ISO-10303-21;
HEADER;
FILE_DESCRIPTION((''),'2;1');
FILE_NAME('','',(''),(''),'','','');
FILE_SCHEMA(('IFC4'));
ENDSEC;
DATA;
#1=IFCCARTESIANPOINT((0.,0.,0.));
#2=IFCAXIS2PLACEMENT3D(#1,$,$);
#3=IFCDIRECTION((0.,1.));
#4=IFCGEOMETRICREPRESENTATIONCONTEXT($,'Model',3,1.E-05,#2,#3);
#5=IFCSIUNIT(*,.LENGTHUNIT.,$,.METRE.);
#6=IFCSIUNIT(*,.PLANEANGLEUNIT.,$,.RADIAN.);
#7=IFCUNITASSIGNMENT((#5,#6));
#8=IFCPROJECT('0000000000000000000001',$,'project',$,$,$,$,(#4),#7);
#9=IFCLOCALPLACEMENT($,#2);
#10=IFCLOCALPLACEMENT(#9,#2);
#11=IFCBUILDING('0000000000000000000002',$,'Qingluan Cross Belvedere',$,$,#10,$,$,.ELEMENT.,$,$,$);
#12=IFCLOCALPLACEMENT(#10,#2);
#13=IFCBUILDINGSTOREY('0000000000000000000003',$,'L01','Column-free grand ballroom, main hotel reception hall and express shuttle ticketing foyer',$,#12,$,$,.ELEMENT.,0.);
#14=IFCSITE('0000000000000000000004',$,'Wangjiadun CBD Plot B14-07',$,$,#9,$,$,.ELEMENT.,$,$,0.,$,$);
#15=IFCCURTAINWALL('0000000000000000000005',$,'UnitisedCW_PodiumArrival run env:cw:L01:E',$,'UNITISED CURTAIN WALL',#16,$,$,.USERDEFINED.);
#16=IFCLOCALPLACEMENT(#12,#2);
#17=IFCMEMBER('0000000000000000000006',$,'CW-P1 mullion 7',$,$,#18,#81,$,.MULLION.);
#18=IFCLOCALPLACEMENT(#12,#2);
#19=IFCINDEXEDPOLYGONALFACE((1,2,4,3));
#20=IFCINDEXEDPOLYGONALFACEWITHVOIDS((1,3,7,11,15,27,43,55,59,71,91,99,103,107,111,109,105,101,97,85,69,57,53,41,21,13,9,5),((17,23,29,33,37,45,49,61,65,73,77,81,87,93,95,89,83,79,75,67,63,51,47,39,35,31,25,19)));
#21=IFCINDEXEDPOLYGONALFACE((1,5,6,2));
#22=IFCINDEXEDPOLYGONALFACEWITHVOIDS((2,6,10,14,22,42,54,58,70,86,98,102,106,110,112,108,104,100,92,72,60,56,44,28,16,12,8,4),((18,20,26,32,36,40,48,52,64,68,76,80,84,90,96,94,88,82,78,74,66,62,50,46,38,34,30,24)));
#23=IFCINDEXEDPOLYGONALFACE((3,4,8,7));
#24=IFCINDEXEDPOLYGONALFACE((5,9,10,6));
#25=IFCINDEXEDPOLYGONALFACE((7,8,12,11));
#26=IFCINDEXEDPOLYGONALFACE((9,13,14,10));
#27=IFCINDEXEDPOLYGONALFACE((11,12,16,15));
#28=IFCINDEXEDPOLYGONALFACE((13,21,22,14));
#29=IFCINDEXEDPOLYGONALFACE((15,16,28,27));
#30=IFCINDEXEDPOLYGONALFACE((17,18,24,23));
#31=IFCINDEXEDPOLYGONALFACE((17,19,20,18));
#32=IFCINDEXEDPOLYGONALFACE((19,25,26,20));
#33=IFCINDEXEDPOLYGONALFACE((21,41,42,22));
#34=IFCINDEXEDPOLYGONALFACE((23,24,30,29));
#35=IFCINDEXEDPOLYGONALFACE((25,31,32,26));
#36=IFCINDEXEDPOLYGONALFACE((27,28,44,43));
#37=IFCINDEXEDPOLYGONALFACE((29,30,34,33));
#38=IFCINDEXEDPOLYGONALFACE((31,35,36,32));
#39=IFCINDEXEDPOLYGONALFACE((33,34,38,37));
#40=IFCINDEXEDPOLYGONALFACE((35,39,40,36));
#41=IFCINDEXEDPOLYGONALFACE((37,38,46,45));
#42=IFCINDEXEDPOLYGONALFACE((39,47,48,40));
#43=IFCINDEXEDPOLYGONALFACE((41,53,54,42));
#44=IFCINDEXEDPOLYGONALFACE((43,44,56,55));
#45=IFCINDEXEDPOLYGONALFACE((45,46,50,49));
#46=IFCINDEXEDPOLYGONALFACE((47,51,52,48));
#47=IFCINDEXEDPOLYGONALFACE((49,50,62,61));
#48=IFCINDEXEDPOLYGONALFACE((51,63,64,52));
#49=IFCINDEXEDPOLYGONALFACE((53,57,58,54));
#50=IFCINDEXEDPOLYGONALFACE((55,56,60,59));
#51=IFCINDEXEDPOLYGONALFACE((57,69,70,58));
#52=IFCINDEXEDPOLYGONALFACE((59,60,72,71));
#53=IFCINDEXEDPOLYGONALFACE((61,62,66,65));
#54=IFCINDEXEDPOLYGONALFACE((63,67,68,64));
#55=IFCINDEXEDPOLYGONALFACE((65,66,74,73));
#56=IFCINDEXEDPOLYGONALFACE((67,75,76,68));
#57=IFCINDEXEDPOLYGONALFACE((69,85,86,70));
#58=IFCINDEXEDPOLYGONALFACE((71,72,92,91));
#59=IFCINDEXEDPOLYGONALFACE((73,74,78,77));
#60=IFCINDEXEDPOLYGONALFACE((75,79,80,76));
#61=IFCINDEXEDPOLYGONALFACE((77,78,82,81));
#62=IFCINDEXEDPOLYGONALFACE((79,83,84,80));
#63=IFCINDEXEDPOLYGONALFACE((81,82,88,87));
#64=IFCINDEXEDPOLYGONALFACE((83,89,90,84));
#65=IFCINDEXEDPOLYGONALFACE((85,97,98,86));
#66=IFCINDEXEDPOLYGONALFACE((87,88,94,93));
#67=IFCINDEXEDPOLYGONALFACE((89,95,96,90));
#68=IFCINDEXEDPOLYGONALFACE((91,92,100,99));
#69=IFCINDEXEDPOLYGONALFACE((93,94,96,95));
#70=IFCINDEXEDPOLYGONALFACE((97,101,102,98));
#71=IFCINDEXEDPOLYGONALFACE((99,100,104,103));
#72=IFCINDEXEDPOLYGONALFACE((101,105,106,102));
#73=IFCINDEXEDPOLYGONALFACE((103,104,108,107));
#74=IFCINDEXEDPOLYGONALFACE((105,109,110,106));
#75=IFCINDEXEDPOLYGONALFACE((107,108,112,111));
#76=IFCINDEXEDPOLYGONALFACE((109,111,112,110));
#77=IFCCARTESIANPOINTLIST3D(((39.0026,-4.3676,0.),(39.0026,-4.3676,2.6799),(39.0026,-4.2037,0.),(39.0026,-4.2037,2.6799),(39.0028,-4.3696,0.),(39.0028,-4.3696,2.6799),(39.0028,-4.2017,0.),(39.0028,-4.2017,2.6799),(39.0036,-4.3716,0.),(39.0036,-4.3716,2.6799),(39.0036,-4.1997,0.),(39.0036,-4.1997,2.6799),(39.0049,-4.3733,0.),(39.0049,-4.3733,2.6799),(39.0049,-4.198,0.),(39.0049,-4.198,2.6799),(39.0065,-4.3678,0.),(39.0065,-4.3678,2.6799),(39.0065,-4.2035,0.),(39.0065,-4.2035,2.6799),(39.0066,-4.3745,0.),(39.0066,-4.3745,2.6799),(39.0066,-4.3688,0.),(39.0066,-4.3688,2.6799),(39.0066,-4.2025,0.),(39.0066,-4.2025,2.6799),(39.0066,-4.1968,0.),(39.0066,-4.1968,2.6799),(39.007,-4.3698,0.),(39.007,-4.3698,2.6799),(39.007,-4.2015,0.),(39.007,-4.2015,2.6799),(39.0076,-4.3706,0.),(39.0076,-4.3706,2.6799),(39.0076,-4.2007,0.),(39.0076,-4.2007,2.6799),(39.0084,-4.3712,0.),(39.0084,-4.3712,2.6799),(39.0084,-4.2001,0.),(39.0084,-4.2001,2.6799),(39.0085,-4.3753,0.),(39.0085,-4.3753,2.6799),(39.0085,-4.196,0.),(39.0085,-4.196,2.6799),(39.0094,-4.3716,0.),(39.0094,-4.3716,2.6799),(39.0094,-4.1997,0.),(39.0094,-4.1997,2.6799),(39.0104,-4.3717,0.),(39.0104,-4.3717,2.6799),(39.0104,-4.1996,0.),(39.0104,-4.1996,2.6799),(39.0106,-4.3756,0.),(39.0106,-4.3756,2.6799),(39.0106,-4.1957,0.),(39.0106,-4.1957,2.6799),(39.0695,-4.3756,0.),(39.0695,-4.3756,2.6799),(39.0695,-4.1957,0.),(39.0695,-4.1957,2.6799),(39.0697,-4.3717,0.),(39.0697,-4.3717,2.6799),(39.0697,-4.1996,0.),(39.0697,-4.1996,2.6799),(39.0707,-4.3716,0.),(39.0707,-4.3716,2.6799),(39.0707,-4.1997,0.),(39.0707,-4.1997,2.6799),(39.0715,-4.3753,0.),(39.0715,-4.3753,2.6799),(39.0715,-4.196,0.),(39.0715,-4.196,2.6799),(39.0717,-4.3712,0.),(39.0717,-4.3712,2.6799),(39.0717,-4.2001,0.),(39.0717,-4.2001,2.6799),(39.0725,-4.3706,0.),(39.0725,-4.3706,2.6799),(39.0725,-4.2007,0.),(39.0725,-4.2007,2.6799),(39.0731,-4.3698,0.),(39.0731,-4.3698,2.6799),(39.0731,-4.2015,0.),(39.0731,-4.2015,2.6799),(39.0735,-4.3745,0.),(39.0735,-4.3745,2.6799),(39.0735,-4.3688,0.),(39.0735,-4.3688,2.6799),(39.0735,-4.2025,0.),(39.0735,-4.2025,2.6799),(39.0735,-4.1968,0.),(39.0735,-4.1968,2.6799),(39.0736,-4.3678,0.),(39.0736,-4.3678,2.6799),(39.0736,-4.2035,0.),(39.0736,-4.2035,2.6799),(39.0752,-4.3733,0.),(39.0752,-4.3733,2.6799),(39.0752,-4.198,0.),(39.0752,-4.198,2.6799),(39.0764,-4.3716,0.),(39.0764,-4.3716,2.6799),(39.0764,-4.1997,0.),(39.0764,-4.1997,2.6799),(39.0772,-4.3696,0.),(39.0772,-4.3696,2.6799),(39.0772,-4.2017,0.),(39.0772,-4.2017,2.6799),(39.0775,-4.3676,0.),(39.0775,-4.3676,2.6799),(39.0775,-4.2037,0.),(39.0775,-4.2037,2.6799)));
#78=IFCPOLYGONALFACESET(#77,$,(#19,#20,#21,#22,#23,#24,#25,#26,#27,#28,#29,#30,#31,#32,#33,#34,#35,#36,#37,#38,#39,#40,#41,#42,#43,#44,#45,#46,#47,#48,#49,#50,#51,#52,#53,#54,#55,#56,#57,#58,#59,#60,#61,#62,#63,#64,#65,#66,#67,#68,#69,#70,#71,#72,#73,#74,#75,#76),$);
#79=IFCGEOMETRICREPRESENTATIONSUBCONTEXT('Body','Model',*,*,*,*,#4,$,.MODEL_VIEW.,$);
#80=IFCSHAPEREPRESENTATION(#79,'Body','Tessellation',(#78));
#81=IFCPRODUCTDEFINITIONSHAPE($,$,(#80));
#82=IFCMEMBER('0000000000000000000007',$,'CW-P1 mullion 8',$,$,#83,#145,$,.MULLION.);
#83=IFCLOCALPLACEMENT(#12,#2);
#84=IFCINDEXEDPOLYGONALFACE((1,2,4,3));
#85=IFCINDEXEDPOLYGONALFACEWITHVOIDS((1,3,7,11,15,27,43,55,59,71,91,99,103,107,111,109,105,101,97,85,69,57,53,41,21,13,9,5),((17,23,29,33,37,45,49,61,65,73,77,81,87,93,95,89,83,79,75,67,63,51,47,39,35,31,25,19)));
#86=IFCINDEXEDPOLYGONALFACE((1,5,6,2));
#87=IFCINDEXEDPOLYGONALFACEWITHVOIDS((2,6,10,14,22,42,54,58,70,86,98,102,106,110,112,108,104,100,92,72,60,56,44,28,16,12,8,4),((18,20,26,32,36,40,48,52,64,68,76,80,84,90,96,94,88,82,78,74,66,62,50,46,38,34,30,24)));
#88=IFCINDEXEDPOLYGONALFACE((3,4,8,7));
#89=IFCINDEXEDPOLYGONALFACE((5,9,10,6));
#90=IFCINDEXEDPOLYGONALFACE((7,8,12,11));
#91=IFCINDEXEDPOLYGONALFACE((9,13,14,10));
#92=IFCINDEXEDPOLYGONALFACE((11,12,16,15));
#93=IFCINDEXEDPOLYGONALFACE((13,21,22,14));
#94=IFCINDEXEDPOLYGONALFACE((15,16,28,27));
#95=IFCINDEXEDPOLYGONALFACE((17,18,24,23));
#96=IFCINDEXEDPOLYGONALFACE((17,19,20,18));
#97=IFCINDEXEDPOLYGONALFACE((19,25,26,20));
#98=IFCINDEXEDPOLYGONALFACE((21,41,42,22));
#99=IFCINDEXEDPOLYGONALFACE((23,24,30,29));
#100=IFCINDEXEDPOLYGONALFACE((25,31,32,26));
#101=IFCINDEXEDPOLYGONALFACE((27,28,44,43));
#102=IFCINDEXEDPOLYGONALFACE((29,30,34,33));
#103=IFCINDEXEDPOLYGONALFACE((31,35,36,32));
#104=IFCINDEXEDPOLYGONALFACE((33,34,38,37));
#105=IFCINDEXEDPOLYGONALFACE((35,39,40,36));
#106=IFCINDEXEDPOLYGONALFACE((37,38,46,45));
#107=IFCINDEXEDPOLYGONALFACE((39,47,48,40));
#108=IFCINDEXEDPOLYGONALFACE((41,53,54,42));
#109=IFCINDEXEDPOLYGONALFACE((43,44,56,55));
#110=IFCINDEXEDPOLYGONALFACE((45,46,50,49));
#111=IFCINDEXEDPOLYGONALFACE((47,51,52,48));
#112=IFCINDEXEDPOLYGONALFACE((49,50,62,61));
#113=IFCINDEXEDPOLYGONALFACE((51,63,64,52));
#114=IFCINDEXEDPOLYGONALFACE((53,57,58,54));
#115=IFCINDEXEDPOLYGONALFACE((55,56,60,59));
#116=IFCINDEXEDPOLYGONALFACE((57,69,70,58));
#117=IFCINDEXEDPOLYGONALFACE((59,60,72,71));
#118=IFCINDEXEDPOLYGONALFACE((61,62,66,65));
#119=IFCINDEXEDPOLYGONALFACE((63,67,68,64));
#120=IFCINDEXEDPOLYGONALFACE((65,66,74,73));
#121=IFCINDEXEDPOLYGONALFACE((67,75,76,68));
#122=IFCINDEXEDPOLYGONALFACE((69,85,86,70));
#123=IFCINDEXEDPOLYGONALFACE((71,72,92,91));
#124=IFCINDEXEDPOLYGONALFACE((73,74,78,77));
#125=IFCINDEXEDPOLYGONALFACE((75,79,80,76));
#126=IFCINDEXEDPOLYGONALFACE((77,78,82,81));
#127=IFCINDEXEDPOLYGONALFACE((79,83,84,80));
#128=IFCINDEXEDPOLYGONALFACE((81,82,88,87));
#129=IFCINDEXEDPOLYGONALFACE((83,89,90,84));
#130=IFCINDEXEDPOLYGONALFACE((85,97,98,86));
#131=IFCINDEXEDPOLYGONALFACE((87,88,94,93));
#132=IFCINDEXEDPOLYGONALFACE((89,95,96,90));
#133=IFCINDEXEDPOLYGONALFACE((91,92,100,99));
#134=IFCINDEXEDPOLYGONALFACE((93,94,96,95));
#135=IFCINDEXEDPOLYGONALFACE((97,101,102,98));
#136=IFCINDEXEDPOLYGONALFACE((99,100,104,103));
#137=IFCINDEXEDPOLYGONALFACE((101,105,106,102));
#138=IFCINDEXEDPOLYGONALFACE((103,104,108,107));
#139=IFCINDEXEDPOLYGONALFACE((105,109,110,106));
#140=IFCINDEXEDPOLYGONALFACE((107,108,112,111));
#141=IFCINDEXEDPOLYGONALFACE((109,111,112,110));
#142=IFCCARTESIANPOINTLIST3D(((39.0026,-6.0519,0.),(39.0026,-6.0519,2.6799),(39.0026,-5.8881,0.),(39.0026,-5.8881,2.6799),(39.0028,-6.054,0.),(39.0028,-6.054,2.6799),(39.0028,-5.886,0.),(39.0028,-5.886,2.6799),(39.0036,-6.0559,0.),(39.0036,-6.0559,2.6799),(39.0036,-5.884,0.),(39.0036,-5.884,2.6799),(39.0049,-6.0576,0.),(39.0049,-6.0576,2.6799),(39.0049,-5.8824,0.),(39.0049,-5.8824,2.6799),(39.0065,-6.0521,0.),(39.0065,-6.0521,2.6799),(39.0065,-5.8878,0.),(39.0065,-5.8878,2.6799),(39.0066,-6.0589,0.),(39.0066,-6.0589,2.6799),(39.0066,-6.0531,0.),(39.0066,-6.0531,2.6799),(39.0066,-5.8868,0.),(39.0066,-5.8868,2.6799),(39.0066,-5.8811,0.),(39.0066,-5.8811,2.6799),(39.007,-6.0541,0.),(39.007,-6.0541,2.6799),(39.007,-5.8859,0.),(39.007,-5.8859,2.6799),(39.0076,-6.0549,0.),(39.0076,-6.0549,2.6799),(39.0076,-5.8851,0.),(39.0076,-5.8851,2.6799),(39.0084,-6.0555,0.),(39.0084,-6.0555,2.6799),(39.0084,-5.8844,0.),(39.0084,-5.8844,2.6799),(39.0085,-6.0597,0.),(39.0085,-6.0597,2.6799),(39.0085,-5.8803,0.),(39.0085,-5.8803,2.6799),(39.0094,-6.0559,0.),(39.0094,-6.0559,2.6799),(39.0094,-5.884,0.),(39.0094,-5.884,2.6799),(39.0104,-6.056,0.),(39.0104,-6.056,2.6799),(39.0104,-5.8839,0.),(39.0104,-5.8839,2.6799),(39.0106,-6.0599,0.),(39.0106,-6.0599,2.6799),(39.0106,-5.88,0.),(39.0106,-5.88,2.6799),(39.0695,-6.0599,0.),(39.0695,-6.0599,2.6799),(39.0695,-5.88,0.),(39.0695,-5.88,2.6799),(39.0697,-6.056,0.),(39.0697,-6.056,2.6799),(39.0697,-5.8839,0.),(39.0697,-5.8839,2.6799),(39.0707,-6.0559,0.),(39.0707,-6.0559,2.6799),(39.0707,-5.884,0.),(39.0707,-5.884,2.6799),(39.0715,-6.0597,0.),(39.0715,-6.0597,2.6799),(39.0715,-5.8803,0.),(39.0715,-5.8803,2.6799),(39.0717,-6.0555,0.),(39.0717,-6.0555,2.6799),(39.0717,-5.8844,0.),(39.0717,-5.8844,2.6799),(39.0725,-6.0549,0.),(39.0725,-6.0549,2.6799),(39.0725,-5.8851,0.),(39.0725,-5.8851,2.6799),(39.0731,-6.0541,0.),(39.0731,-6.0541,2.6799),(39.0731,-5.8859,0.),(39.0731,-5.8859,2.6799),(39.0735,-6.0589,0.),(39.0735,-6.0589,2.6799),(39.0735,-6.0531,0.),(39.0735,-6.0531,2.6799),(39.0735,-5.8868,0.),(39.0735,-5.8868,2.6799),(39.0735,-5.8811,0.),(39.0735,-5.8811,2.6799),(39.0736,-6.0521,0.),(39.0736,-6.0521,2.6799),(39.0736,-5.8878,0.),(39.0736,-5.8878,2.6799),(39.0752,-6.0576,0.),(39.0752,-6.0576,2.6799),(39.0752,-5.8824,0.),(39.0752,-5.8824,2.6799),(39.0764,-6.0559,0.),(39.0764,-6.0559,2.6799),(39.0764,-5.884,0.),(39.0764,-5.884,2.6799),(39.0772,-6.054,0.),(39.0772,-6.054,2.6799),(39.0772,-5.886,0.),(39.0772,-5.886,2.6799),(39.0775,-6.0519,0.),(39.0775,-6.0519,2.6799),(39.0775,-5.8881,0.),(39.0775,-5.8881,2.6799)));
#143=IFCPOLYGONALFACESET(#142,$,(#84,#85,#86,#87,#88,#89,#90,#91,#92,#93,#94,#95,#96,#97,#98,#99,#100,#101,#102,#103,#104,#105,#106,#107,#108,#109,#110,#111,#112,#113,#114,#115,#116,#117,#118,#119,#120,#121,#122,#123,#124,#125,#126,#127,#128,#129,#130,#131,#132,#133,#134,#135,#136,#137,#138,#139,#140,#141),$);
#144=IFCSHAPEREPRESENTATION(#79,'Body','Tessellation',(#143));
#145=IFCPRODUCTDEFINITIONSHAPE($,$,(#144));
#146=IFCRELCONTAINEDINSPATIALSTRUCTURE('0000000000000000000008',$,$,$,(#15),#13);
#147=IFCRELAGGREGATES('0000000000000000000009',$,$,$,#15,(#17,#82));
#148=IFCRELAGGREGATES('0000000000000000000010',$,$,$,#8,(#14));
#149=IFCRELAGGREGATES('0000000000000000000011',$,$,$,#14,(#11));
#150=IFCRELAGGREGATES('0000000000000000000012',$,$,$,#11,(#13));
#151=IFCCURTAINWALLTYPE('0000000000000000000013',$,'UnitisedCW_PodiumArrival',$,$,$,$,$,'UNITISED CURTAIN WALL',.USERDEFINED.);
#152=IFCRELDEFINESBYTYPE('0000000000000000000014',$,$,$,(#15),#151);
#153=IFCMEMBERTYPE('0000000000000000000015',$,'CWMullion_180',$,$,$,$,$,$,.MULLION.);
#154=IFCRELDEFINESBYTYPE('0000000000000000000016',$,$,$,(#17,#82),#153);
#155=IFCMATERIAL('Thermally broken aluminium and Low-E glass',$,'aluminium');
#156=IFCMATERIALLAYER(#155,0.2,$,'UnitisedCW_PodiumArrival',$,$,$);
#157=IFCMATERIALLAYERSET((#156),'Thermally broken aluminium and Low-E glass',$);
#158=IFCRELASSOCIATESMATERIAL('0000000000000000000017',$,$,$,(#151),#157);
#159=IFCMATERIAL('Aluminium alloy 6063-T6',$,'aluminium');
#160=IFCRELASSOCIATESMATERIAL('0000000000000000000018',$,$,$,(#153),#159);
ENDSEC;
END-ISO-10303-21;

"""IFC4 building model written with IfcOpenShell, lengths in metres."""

from ifc_helpers import new_model, si_unit, direction, frame, origin, origin_2d, place, context, subcontext, project, spatial, hollow_rectangle, extrude, material, layer, layer_set, material_profile, profile_set, type_object, element, aggregate, save


model = new_model("IFC4")

# Units and contexts
model_context = context("Model", 3, precision=1e-05, world=origin(), true_north=direction((0.0, 1.0)))
body_context = subcontext(model_context, "Body", "Model", "MODEL_VIEW")
ifc_project = project(units=[si_unit("LENGTHUNIT", "METRE"), si_unit("PLANEANGLEUNIT", "RADIAN")], contexts=[model_context])

# Site, building, storey
site_placement = place(None, origin())
site = spatial("IfcSite", under=ifc_project, at=site_placement, Name="Wangjiadun CBD Plot B14-07", CompositionType="ELEMENT", RefElevation=0.0)
building_placement = place(site_placement, origin())
building = spatial("IfcBuilding", under=site, at=building_placement, Name="Qingluan Cross Belvedere", CompositionType="ELEMENT")
storey_placement = place(building_placement, origin())
storey = spatial("IfcBuildingStorey", under=building, at=storey_placement, Name="L01", Description="Column-free grand ballroom, main hotel reception hall and express shuttle ticketing foyer", CompositionType="ELEMENT", Elevation=0.0)

# Curtain wall, members
ifc_material_1 = material(Name="Thermally broken aluminium and Low-E glass", Category="aluminium")
ifc_layer_1 = layer(ifc_material_1, 0.2, Name="UnitisedCW_PodiumArrival")
ifc_layer_set_1 = layer_set([ifc_layer_1], Name="Thermally broken aluminium and Low-E glass")
curtain_wall_type = type_object("IfcCurtainWallType", Name="UnitisedCW_PodiumArrival", ElementType="UNITISED CURTAIN WALL", PredefinedType="USERDEFINED", material=ifc_layer_set_1)
curtain_wall_placement = place(storey_placement, origin())
curtain_wall = element("IfcCurtainWall", 1, at=curtain_wall_placement, inside=storey, type_object=curtain_wall_type, Name="UnitisedCW_PodiumArrival run env:cw:L01:E", ObjectType="UNITISED CURTAIN WALL", PredefinedType="USERDEFINED")
ifc_material_2 = material(Name="Aluminium alloy 6063-T6", Category="aluminium")
ifc_material_profile_1 = material_profile(ifc_material_2, hollow_rectangle(XDim=0.075, YDim=0.1799, WallThickness=0.0039, InnerFilletRadius=0.0039, OuterFilletRadius=0.0081, at=origin_2d()), Name="CWM180x75x4")
ifc_profile_set_1 = profile_set([ifc_material_profile_1], Name="Aluminium alloy 6063-T6")
member_type_1 = type_object("IfcMemberType", Name="CWMullion_180", PredefinedType="MULLION", material=ifc_profile_set_1)
member_1_placement = place(storey_placement, frame((39.04, -4.2856, 0.0), z_axis=(0.0, 0.0, 1.0), x_axis=(1.0, 0.0, 0.0)))
member_1 = element("IfcMember", 2, at=member_1_placement, type_object=member_type_1, Name="CW-P1 mullion 7", PredefinedType="MULLION", context=body_context, shape_type="SweptSolid", body=[
    extrude(hollow_rectangle(XDim=0.075, YDim=0.1799, WallThickness=0.0039, InnerFilletRadius=0.0039, OuterFilletRadius=0.0081, at=origin_2d()), origin(), (0.0, 0.0, 1.0), 2.6799),
])
member_2_placement = place(storey_placement, frame((39.04, -5.97, 0.0), z_axis=(0.0, 0.0, 1.0), x_axis=(1.0, 0.0, 0.0)))
member_2 = element("IfcMember", 3, at=member_2_placement, type_object=member_type_1, Name="CW-P1 mullion 8", PredefinedType="MULLION", context=body_context, shape_type="SweptSolid", body=[
    extrude(hollow_rectangle(XDim=0.075, YDim=0.1799, WallThickness=0.0039, InnerFilletRadius=0.0039, OuterFilletRadius=0.0081, at=origin_2d()), origin(), (0.0, 0.0, 1.0), 2.6799),
])
aggregate(curtain_wall, [member_1, member_2])

save(model, "model.ifc")
